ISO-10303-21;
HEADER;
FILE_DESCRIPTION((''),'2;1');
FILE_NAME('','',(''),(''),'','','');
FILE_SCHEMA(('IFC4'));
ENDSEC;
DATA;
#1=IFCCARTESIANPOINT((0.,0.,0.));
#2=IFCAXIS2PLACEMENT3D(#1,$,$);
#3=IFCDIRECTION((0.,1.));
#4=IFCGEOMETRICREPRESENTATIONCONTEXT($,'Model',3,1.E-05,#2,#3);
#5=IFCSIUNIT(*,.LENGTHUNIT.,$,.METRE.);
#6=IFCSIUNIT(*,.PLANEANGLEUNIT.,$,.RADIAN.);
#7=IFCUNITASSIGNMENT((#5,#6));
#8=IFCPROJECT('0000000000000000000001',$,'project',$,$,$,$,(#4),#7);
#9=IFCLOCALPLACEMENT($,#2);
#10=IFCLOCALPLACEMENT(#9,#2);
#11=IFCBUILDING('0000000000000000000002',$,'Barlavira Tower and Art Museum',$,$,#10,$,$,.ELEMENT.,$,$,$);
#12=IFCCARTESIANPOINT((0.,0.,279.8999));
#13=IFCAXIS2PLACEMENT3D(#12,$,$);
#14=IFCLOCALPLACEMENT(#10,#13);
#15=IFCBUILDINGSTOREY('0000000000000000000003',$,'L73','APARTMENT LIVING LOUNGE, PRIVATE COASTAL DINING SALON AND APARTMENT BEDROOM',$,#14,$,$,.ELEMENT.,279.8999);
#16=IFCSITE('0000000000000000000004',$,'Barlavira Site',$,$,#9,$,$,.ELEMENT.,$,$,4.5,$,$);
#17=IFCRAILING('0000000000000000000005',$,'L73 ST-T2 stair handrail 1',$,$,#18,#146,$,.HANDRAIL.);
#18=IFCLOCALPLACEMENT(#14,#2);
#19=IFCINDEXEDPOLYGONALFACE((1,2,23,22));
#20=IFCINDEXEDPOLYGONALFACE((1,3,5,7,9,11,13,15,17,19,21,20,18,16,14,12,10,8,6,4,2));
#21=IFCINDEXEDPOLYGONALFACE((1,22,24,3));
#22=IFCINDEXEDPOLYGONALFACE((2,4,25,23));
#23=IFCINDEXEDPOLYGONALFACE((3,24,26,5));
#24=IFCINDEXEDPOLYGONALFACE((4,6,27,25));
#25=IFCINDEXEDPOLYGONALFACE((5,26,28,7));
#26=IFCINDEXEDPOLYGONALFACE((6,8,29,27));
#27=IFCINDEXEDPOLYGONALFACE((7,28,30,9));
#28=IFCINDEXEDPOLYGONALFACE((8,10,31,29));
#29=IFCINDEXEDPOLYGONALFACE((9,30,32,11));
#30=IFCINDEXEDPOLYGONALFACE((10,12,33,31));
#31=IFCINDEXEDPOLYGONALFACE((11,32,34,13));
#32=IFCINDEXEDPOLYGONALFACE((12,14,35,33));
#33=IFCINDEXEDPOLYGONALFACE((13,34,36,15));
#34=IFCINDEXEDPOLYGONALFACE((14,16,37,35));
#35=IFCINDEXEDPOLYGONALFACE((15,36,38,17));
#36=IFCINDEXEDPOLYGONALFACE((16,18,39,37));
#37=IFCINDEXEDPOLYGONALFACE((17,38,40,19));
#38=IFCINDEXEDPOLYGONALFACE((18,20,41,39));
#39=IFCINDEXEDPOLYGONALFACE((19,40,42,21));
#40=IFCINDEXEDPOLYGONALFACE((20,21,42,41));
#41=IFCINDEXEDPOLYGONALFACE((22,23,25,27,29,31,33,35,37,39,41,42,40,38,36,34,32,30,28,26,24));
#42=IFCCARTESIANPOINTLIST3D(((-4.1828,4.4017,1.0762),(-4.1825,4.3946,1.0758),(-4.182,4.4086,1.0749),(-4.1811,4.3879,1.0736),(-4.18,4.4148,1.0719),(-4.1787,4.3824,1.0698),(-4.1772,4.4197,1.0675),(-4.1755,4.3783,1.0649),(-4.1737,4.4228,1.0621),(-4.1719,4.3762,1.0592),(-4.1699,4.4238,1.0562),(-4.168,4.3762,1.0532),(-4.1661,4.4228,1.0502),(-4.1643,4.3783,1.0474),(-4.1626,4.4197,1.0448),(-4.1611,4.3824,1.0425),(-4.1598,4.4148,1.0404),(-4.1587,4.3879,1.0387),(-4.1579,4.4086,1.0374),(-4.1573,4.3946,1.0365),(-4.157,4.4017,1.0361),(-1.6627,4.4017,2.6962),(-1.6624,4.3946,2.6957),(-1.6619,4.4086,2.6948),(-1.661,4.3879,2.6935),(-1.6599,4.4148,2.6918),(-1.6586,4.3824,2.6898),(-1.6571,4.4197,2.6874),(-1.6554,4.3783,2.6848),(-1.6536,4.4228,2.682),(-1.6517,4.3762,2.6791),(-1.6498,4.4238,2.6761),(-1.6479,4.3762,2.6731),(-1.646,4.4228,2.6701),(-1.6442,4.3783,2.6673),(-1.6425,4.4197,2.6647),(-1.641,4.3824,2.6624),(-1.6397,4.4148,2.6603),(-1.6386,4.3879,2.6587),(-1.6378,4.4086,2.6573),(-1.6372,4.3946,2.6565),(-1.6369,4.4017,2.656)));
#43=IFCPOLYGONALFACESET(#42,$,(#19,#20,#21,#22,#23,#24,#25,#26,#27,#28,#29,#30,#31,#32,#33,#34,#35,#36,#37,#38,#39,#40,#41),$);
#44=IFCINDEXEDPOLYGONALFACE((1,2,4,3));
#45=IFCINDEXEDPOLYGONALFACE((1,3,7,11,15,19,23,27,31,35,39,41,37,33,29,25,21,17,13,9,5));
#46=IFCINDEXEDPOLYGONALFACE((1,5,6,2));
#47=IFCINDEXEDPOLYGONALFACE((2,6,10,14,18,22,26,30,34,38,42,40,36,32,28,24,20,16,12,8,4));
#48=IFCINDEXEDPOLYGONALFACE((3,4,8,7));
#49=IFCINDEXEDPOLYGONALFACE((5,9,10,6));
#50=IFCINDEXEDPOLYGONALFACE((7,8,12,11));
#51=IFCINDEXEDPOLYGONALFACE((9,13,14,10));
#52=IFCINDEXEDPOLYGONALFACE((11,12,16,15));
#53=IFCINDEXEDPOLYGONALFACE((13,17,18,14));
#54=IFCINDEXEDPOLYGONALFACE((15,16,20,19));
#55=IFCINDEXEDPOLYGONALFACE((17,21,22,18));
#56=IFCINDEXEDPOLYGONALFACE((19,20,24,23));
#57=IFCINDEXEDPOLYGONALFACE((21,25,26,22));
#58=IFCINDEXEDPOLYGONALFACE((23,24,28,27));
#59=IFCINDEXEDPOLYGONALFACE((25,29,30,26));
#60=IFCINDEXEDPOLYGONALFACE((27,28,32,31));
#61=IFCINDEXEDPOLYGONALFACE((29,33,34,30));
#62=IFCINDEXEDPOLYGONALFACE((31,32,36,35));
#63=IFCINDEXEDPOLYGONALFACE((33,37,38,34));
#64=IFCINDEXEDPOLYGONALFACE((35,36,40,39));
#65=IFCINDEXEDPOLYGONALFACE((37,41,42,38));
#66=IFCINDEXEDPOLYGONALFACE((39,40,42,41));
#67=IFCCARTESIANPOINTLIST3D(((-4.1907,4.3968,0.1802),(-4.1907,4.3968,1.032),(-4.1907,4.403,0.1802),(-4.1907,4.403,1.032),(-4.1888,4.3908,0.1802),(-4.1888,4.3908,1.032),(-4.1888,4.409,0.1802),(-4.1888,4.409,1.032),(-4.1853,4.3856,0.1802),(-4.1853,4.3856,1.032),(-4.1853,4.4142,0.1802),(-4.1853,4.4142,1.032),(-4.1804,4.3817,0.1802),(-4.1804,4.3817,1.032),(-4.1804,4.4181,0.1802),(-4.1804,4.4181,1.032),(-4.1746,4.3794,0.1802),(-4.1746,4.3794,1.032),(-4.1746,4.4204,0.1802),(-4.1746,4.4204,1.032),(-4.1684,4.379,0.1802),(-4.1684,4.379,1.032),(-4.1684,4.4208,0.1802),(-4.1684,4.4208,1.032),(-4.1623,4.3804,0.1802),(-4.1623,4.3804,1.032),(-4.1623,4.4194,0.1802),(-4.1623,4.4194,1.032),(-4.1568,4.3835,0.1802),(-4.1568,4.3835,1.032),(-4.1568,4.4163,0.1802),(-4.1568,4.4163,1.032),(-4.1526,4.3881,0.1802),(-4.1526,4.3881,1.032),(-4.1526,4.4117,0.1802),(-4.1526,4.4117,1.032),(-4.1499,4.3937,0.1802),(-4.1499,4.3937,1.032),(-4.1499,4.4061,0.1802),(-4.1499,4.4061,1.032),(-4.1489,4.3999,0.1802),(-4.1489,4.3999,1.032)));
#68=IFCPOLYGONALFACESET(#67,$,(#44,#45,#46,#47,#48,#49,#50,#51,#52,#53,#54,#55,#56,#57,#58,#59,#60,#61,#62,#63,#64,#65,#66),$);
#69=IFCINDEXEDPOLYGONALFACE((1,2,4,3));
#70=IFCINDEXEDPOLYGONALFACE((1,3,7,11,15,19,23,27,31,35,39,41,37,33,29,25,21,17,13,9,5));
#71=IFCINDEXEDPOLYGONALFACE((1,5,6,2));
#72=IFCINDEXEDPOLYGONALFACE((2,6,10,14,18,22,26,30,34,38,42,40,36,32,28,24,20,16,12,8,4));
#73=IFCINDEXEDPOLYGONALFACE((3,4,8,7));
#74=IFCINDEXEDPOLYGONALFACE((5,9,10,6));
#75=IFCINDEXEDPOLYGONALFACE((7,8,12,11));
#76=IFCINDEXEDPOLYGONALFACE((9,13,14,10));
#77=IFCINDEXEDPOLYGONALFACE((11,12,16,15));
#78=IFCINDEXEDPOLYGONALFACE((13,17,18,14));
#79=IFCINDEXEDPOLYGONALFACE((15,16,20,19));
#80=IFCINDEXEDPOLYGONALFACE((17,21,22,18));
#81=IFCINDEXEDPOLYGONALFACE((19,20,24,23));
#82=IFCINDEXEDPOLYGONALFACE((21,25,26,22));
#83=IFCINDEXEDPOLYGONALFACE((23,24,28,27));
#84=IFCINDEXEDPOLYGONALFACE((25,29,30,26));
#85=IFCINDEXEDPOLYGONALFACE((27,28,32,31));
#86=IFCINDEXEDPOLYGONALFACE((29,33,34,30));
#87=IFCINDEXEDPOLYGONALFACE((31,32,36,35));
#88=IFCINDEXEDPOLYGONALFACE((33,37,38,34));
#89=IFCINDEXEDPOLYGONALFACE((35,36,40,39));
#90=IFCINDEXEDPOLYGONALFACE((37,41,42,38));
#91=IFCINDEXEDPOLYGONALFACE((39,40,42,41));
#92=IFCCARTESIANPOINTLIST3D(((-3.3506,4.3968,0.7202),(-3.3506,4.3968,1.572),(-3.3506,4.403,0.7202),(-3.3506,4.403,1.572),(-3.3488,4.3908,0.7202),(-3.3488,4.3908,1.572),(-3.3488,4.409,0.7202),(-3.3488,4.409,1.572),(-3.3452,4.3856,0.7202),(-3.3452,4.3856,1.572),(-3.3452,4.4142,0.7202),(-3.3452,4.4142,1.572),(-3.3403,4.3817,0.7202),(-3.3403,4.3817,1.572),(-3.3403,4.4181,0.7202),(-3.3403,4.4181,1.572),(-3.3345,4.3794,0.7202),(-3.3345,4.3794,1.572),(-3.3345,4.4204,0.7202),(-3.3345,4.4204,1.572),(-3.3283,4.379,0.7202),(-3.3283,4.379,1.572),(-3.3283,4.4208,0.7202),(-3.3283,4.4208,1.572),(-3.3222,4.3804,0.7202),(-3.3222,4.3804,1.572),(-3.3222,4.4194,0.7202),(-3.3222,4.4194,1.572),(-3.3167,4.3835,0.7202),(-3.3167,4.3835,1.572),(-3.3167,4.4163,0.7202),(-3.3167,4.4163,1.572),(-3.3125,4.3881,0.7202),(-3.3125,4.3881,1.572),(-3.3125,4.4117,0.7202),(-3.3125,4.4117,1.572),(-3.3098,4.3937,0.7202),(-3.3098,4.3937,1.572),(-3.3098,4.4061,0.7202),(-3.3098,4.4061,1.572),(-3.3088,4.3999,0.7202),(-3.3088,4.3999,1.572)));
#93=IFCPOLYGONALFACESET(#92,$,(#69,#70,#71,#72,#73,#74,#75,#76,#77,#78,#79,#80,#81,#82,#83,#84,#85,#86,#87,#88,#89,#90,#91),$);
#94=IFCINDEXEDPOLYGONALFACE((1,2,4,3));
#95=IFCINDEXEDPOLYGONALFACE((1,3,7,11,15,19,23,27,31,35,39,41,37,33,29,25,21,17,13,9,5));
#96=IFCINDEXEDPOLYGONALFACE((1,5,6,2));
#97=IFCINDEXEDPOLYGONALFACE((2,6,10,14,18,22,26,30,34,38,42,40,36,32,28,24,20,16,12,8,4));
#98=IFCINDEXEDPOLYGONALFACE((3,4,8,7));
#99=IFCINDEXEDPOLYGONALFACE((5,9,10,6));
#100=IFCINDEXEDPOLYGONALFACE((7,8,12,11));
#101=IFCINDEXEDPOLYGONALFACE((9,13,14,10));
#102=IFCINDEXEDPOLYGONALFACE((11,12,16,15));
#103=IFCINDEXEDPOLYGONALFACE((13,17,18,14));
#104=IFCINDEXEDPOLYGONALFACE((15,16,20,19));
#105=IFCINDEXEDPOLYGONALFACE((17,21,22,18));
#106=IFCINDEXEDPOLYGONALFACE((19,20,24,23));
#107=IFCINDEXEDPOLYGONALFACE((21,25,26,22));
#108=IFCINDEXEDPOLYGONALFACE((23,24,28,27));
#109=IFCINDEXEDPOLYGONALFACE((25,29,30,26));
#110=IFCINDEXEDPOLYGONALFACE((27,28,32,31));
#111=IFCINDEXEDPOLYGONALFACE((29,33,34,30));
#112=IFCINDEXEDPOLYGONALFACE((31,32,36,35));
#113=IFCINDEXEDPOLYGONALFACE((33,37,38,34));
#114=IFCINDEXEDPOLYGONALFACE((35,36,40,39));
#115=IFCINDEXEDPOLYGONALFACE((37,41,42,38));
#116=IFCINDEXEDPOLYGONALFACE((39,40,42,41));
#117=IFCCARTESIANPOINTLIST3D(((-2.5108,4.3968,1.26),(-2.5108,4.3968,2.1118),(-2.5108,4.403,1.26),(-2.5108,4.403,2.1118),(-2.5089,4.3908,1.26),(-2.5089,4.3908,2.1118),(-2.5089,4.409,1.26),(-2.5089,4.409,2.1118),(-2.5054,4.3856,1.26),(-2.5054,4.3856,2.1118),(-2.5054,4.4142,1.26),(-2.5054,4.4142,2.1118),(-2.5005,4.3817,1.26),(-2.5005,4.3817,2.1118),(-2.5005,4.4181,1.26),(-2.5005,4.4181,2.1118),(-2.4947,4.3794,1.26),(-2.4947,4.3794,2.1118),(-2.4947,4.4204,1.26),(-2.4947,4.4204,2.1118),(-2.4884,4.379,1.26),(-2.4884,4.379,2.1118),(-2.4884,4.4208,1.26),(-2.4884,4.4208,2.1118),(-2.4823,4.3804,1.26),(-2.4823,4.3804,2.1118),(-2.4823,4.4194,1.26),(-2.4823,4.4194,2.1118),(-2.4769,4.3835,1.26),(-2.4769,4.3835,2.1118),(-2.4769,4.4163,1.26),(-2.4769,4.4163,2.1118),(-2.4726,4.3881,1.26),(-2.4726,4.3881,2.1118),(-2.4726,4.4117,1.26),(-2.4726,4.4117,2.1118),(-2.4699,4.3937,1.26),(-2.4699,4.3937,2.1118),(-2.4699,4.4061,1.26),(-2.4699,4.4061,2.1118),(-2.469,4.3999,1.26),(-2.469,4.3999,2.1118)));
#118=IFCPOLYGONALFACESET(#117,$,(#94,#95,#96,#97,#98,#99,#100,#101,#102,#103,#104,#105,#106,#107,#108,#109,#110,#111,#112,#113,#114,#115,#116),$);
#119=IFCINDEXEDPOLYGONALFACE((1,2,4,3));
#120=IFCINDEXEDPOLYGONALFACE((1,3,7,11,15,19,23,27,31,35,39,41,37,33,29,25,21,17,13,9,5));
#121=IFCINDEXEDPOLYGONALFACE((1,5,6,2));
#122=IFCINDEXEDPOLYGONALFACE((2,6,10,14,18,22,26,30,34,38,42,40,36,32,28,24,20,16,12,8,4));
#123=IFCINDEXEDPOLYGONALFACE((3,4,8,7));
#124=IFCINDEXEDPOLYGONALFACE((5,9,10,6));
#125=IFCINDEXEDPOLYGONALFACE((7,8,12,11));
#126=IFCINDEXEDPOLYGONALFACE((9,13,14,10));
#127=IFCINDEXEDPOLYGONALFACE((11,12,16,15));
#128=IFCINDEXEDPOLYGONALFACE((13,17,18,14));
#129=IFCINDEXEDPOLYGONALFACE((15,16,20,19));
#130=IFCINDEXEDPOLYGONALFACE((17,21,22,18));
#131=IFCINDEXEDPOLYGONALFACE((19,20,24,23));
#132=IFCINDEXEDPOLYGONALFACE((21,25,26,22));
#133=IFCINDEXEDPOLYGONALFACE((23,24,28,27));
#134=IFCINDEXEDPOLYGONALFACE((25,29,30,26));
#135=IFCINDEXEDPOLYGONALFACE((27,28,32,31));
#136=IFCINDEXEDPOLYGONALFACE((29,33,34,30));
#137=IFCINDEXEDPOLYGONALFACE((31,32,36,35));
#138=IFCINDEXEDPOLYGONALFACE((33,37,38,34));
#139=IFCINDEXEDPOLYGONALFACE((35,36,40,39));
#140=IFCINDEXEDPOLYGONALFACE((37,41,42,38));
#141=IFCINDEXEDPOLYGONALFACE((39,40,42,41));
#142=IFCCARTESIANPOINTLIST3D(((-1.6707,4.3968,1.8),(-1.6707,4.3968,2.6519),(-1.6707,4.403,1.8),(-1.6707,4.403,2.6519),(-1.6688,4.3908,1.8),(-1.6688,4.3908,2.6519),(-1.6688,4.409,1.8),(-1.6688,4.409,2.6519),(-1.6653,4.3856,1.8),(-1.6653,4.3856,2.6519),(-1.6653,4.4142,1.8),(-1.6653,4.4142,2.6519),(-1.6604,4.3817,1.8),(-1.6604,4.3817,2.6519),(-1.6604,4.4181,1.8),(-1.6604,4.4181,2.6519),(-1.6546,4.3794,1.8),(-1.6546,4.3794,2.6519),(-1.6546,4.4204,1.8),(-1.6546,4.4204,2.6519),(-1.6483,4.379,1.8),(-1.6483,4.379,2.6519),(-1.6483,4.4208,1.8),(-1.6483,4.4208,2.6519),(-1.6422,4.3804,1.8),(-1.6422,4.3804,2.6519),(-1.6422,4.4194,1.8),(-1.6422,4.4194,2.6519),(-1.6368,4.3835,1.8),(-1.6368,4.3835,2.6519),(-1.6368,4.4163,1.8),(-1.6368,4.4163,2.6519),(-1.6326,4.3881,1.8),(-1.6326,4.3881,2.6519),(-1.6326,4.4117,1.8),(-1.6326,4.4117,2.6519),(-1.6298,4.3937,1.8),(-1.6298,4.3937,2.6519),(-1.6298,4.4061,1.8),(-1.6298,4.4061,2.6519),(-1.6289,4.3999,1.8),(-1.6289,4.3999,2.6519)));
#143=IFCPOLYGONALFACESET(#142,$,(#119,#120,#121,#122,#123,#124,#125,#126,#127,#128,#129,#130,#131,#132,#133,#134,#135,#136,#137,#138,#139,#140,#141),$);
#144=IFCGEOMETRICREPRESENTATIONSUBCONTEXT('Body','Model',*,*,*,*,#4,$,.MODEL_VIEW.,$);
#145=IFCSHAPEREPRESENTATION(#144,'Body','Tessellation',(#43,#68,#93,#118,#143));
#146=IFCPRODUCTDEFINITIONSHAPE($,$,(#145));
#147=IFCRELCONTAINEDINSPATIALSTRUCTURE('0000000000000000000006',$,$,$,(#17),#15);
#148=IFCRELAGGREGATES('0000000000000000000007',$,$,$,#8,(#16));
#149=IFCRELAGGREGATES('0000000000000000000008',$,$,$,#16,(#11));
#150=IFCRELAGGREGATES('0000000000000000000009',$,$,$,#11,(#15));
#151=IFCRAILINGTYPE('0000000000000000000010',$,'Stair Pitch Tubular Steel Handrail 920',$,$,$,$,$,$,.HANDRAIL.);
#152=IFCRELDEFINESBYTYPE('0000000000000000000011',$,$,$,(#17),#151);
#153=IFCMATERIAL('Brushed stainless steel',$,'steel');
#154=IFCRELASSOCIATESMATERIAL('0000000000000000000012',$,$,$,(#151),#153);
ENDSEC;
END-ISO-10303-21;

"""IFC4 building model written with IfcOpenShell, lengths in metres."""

from ifc_helpers import new_model, si_unit, direction, frame, origin, origin_2d, place, context, subcontext, project, spatial, circle, extrude, material, type_object, element, save


model = new_model("IFC4")

# Units and contexts
model_context = context("Model", 3, precision=1e-05, world=origin(), true_north=direction((0.0, 1.0)))
body_context = subcontext(model_context, "Body", "Model", "MODEL_VIEW")
ifc_project = project(units=[si_unit("LENGTHUNIT", "METRE"), si_unit("PLANEANGLEUNIT", "RADIAN")], contexts=[model_context])

# Site, building, storey
site_placement = place(None, origin())
site = spatial("IfcSite", under=ifc_project, at=site_placement, Name="Barlavira Site", CompositionType="ELEMENT", RefElevation=4.5)
building_placement = place(site_placement, origin())
building = spatial("IfcBuilding", under=site, at=building_placement, Name="Barlavira Tower and Art Museum", CompositionType="ELEMENT")
storey_placement = place(building_placement, frame((0.0, 0.0, 279.8999)))
storey = spatial("IfcBuildingStorey", under=building, at=storey_placement, Name="L73", Description="APARTMENT LIVING LOUNGE, PRIVATE COASTAL DINING SALON AND APARTMENT BEDROOM", CompositionType="ELEMENT", Elevation=279.8999)

# Railing
ifc_material_1 = material(Name="Brushed stainless steel", Category="steel")
railing_type_1 = type_object("IfcRailingType", Name="Stair Pitch Tubular Steel Handrail 920", PredefinedType="HANDRAIL", material=ifc_material_1)
railing_1_placement = place(storey_placement, frame((-4.1699, 4.3999, 0.1802)))
element("IfcRailing", 1, at=railing_1_placement, inside=storey, type_object=railing_type_1, Name="L73 ST-T2 stair handrail 1", PredefinedType="HANDRAIL", context=body_context, shape_type="SweptSolid", body=[
    extrude(circle(Radius=0.0239, at=origin_2d()), frame((0.0, 0.0, 0.876), z_axis=(0.8412, 0.0, 0.540725), x_axis=(0.0, 1.0, 0.0)), (0.0, 0.0, 1.0), 2.9958),
    extrude(circle(Radius=0.021, at=origin_2d()), origin(), (0.0, 0.0, 1.0), 0.8518),
    extrude(circle(Radius=0.021, at=origin_2d()), frame((0.8401, 0.0, 0.54)), (0.0, 0.0, 1.0), 0.8518),
    extrude(circle(Radius=0.021, at=origin_2d()), frame((1.6799, 0.0, 1.0798)), (0.0, 0.0, 1.0), 0.8518),
    extrude(circle(Radius=0.021, at=origin_2d()), frame((2.52, 0.0, 1.6199)), (0.0, 0.0, 1.0), 0.8518),
])

save(model, "model.ifc")
